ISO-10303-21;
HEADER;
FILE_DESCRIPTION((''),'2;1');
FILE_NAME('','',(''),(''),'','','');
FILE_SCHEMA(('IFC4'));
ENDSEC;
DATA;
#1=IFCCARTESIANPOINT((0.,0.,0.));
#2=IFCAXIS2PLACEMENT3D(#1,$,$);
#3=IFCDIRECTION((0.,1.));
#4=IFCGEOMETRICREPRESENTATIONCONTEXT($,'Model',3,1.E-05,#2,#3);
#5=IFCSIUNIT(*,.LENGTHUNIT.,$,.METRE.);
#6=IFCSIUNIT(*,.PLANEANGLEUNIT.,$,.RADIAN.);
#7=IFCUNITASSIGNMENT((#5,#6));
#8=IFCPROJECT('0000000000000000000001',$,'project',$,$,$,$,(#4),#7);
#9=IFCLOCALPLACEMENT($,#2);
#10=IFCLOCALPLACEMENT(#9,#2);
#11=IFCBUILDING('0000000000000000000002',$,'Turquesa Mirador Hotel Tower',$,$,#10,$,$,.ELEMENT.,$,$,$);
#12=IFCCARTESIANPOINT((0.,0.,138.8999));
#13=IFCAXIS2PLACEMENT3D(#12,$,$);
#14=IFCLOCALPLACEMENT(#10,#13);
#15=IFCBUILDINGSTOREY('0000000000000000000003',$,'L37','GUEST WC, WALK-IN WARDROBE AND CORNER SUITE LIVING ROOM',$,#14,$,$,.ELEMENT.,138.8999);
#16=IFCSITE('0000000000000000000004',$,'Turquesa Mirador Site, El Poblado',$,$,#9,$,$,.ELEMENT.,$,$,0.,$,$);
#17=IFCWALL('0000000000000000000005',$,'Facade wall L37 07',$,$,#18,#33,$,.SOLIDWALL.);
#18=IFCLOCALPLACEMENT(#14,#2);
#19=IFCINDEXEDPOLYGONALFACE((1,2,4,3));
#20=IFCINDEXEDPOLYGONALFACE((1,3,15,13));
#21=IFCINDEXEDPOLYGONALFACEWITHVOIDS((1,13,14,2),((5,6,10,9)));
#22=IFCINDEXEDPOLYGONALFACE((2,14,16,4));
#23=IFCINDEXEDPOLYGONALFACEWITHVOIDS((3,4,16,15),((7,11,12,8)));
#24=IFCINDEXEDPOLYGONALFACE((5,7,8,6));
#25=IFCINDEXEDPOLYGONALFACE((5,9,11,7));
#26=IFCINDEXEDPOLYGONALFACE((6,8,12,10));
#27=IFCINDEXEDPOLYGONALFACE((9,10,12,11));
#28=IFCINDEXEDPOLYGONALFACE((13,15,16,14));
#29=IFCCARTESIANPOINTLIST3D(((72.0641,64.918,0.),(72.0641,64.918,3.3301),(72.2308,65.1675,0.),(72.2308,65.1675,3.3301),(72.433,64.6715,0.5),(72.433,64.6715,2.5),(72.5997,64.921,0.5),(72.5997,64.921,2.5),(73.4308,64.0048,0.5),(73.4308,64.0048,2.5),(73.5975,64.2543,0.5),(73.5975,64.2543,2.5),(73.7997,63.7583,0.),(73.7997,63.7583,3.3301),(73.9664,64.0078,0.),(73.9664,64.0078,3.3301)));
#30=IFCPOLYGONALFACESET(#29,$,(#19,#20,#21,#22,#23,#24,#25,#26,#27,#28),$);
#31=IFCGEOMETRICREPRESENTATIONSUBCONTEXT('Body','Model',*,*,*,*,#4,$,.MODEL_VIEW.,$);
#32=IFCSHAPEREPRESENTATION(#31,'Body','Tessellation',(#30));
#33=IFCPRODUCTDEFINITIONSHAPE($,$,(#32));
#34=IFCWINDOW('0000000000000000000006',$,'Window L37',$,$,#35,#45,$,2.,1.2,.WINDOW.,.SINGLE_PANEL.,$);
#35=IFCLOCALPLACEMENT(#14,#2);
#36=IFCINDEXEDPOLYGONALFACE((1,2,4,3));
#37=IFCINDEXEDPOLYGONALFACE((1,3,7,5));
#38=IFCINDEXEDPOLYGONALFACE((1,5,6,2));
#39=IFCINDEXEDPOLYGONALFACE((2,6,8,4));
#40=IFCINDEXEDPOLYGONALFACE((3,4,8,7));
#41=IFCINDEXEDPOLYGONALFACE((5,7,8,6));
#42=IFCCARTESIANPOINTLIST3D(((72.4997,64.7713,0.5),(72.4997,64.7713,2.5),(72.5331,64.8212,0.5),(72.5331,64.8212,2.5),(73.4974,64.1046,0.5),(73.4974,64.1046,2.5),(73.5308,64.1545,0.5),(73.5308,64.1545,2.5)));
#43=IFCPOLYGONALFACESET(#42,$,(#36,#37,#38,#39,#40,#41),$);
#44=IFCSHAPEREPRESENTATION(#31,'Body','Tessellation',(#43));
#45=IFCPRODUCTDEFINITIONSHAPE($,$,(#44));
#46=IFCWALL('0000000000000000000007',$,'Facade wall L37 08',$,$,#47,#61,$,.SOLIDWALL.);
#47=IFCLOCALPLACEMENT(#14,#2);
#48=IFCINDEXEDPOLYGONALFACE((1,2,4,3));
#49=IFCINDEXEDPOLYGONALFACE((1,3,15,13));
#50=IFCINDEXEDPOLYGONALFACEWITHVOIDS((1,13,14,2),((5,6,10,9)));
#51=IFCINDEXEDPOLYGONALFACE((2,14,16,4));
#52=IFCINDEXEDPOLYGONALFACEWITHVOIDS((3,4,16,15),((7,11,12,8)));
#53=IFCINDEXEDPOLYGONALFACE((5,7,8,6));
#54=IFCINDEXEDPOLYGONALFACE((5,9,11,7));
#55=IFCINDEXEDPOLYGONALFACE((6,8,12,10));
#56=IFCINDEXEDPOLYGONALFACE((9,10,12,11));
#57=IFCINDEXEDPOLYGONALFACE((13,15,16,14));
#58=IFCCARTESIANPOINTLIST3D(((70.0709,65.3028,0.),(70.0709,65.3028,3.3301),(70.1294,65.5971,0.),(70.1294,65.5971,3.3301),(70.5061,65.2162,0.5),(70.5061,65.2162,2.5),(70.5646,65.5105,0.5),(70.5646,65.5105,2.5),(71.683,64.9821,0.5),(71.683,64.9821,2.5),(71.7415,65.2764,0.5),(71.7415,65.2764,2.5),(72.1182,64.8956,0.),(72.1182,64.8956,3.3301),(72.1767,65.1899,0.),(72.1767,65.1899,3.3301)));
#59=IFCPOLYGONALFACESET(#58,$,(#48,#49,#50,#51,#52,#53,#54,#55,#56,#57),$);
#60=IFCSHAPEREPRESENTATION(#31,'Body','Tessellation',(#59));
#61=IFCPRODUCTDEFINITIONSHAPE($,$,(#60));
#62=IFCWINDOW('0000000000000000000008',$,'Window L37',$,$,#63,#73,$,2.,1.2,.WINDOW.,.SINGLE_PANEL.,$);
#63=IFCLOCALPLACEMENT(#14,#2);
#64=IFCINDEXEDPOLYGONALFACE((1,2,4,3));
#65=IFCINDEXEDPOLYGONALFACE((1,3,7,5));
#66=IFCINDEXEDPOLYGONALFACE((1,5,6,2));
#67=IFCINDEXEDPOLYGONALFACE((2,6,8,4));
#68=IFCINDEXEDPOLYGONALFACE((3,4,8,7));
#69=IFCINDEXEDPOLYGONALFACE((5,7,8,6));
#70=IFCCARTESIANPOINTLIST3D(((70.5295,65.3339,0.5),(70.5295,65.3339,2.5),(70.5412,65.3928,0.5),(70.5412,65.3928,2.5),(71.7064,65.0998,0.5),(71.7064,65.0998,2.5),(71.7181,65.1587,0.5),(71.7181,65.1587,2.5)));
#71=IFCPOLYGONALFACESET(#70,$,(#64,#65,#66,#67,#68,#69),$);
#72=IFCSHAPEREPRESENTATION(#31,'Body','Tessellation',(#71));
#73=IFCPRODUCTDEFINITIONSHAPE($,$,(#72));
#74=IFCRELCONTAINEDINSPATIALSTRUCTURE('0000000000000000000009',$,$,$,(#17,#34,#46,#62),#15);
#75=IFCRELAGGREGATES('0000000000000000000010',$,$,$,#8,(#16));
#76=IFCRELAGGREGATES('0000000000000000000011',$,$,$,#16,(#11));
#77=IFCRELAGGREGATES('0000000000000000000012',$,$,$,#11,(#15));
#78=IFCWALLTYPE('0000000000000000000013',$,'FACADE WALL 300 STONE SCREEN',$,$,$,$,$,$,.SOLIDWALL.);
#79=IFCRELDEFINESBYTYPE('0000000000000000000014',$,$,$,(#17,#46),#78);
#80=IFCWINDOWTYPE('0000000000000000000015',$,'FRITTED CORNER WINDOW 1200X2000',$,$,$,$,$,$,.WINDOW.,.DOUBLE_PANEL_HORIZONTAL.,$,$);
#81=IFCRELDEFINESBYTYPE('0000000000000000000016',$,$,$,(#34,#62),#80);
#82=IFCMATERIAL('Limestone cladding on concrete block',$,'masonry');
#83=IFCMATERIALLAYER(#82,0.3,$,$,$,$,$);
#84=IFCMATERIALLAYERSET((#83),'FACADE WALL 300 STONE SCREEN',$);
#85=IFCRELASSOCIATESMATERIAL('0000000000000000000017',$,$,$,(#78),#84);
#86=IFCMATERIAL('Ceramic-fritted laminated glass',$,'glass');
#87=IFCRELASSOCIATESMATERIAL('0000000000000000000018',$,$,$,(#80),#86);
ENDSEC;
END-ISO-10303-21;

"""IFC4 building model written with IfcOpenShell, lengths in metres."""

from ifc_helpers import new_model, si_unit, direction, frame, frame_2d, origin, place, context, subcontext, project, spatial, rectangle, extrude, material, layer, layer_set, type_object, element, fill, save


model = new_model("IFC4")

# Units and contexts
model_context = context("Model", 3, precision=1e-05, world=origin(), true_north=direction((0.0, 1.0)))
body_context = subcontext(model_context, "Body", "Model", "MODEL_VIEW")
ifc_project = project(units=[si_unit("LENGTHUNIT", "METRE"), si_unit("PLANEANGLEUNIT", "RADIAN")], contexts=[model_context])

# Site, building, storey
site_placement = place(None, origin())
site = spatial("IfcSite", under=ifc_project, at=site_placement, Name="Turquesa Mirador Site, El Poblado", CompositionType="ELEMENT", RefElevation=0.0)
building_placement = place(site_placement, origin())
building = spatial("IfcBuilding", under=site, at=building_placement, Name="Turquesa Mirador Hotel Tower", CompositionType="ELEMENT")
storey_placement = place(building_placement, frame((0.0, 0.0, 138.8999)))
storey = spatial("IfcBuildingStorey", under=building, at=storey_placement, Name="L37", Description="GUEST WC, WALK-IN WARDROBE AND CORNER SUITE LIVING ROOM", CompositionType="ELEMENT", Elevation=138.8999)

# Walls, openings, windows
ifc_material_1 = material(Name="Limestone cladding on concrete block", Category="masonry")
ifc_layer = layer(ifc_material_1, 0.3)
ifc_layer_set = layer_set([ifc_layer], Name="FACADE WALL 300 STONE SCREEN")
wall_type = type_object("IfcWallType", Name="FACADE WALL 300 STONE SCREEN", PredefinedType="SOLIDWALL", material=ifc_layer_set)
ifc_material_2 = material(Name="Ceramic-fritted laminated glass", Category="glass")
window_type = type_object("IfcWindowType", Name="FRITTED CORNER WINDOW 1200X2000", PartitioningType="DOUBLE_PANEL_HORIZONTAL", PredefinedType="WINDOW", material=ifc_material_2)
wall_1_placement = place(storey_placement, frame((73.8831, 63.8831, 0.0), z_axis=(0.0, 0.0, 1.0), x_axis=(-0.831474, 0.555564, 0.0)))
wall_1 = element("IfcWall", 1, at=wall_1_placement, inside=storey, type_object=wall_type, Name="Facade wall L37 07", PredefinedType="SOLIDWALL", context=body_context, shape_type="SweptSolid", body=[
    extrude(rectangle(XDim=2.0874, YDim=0.3, at=frame_2d((1.0437, 0.0))), origin(), (0.0, 0.0, 1.0), 3.3301),
])
opening_1_placement = place(wall_1_placement, frame((0.4436, 0.0, 0.5)))
opening_1 = element("IfcOpeningElement", 2, at=opening_1_placement, cuts=wall_1, PredefinedType="OPENING", context=body_context, shape_type="SweptSolid", body=[
    extrude(rectangle(XDim=1.2, YDim=2.0, at=frame_2d((0.6001, 1.0))), frame((0.0, 0.1599, 0.0), z_axis=(0.0, -1.0, 0.0), x_axis=(1.0, 0.0, 0.0)), (0.0, 0.0, 1.0), 0.3201),
])
window_1_placement = place(opening_1_placement, origin())
window_1 = element("IfcWindow", 3, at=window_1_placement, inside=storey, type_object=window_type, Name="Window L37", OverallHeight=2.0, OverallWidth=1.2, PartitioningType="SINGLE_PANEL", PredefinedType="WINDOW", context=body_context, shape_type="SweptSolid", body=[
    extrude(rectangle(XDim=1.2, YDim=2.0, at=frame_2d((0.6001, 1.0))), frame((0.0, 0.03, 0.0), z_axis=(0.0, -1.0, 0.0), x_axis=(1.0, 0.0, 0.0)), (0.0, 0.0, 1.0), 0.0601),
])
fill(opening_1, window_1)
wall_2_placement = place(storey_placement, frame((72.1475, 65.0427, 0.0), z_axis=(0.0, 0.0, 1.0), x_axis=(-0.980787, 0.195081, 0.0)))
wall_2 = element("IfcWall", 4, at=wall_2_placement, inside=storey, type_object=wall_type, Name="Facade wall L37 08", PredefinedType="SOLIDWALL", context=body_context, shape_type="SweptSolid", body=[
    extrude(rectangle(XDim=2.0874, YDim=0.3, at=frame_2d((1.0437, 0.0))), origin(), (0.0, 0.0, 1.0), 3.3301),
])
opening_2_placement = place(wall_2_placement, frame((0.4436, 0.0, 0.5)))
opening_2 = element("IfcOpeningElement", 5, at=opening_2_placement, cuts=wall_2, PredefinedType="OPENING", context=body_context, shape_type="SweptSolid", body=[
    extrude(rectangle(XDim=1.2, YDim=2.0, at=frame_2d((0.6001, 1.0))), frame((0.0, 0.1599, 0.0), z_axis=(0.0, -1.0, 0.0), x_axis=(1.0, 0.0, 0.0)), (0.0, 0.0, 1.0), 0.3201),
])
window_2_placement = place(opening_2_placement, origin())
window_2 = element("IfcWindow", 6, at=window_2_placement, inside=storey, type_object=window_type, Name="Window L37", OverallHeight=2.0, OverallWidth=1.2, PartitioningType="SINGLE_PANEL", PredefinedType="WINDOW", context=body_context, shape_type="SweptSolid", body=[
    extrude(rectangle(XDim=1.2, YDim=2.0, at=frame_2d((0.6001, 1.0))), frame((0.0, 0.03, 0.0), z_axis=(0.0, -1.0, 0.0), x_axis=(1.0, 0.0, 0.0)), (0.0, 0.0, 1.0), 0.0601),
])
fill(opening_2, window_2)

save(model, "model.ifc")
